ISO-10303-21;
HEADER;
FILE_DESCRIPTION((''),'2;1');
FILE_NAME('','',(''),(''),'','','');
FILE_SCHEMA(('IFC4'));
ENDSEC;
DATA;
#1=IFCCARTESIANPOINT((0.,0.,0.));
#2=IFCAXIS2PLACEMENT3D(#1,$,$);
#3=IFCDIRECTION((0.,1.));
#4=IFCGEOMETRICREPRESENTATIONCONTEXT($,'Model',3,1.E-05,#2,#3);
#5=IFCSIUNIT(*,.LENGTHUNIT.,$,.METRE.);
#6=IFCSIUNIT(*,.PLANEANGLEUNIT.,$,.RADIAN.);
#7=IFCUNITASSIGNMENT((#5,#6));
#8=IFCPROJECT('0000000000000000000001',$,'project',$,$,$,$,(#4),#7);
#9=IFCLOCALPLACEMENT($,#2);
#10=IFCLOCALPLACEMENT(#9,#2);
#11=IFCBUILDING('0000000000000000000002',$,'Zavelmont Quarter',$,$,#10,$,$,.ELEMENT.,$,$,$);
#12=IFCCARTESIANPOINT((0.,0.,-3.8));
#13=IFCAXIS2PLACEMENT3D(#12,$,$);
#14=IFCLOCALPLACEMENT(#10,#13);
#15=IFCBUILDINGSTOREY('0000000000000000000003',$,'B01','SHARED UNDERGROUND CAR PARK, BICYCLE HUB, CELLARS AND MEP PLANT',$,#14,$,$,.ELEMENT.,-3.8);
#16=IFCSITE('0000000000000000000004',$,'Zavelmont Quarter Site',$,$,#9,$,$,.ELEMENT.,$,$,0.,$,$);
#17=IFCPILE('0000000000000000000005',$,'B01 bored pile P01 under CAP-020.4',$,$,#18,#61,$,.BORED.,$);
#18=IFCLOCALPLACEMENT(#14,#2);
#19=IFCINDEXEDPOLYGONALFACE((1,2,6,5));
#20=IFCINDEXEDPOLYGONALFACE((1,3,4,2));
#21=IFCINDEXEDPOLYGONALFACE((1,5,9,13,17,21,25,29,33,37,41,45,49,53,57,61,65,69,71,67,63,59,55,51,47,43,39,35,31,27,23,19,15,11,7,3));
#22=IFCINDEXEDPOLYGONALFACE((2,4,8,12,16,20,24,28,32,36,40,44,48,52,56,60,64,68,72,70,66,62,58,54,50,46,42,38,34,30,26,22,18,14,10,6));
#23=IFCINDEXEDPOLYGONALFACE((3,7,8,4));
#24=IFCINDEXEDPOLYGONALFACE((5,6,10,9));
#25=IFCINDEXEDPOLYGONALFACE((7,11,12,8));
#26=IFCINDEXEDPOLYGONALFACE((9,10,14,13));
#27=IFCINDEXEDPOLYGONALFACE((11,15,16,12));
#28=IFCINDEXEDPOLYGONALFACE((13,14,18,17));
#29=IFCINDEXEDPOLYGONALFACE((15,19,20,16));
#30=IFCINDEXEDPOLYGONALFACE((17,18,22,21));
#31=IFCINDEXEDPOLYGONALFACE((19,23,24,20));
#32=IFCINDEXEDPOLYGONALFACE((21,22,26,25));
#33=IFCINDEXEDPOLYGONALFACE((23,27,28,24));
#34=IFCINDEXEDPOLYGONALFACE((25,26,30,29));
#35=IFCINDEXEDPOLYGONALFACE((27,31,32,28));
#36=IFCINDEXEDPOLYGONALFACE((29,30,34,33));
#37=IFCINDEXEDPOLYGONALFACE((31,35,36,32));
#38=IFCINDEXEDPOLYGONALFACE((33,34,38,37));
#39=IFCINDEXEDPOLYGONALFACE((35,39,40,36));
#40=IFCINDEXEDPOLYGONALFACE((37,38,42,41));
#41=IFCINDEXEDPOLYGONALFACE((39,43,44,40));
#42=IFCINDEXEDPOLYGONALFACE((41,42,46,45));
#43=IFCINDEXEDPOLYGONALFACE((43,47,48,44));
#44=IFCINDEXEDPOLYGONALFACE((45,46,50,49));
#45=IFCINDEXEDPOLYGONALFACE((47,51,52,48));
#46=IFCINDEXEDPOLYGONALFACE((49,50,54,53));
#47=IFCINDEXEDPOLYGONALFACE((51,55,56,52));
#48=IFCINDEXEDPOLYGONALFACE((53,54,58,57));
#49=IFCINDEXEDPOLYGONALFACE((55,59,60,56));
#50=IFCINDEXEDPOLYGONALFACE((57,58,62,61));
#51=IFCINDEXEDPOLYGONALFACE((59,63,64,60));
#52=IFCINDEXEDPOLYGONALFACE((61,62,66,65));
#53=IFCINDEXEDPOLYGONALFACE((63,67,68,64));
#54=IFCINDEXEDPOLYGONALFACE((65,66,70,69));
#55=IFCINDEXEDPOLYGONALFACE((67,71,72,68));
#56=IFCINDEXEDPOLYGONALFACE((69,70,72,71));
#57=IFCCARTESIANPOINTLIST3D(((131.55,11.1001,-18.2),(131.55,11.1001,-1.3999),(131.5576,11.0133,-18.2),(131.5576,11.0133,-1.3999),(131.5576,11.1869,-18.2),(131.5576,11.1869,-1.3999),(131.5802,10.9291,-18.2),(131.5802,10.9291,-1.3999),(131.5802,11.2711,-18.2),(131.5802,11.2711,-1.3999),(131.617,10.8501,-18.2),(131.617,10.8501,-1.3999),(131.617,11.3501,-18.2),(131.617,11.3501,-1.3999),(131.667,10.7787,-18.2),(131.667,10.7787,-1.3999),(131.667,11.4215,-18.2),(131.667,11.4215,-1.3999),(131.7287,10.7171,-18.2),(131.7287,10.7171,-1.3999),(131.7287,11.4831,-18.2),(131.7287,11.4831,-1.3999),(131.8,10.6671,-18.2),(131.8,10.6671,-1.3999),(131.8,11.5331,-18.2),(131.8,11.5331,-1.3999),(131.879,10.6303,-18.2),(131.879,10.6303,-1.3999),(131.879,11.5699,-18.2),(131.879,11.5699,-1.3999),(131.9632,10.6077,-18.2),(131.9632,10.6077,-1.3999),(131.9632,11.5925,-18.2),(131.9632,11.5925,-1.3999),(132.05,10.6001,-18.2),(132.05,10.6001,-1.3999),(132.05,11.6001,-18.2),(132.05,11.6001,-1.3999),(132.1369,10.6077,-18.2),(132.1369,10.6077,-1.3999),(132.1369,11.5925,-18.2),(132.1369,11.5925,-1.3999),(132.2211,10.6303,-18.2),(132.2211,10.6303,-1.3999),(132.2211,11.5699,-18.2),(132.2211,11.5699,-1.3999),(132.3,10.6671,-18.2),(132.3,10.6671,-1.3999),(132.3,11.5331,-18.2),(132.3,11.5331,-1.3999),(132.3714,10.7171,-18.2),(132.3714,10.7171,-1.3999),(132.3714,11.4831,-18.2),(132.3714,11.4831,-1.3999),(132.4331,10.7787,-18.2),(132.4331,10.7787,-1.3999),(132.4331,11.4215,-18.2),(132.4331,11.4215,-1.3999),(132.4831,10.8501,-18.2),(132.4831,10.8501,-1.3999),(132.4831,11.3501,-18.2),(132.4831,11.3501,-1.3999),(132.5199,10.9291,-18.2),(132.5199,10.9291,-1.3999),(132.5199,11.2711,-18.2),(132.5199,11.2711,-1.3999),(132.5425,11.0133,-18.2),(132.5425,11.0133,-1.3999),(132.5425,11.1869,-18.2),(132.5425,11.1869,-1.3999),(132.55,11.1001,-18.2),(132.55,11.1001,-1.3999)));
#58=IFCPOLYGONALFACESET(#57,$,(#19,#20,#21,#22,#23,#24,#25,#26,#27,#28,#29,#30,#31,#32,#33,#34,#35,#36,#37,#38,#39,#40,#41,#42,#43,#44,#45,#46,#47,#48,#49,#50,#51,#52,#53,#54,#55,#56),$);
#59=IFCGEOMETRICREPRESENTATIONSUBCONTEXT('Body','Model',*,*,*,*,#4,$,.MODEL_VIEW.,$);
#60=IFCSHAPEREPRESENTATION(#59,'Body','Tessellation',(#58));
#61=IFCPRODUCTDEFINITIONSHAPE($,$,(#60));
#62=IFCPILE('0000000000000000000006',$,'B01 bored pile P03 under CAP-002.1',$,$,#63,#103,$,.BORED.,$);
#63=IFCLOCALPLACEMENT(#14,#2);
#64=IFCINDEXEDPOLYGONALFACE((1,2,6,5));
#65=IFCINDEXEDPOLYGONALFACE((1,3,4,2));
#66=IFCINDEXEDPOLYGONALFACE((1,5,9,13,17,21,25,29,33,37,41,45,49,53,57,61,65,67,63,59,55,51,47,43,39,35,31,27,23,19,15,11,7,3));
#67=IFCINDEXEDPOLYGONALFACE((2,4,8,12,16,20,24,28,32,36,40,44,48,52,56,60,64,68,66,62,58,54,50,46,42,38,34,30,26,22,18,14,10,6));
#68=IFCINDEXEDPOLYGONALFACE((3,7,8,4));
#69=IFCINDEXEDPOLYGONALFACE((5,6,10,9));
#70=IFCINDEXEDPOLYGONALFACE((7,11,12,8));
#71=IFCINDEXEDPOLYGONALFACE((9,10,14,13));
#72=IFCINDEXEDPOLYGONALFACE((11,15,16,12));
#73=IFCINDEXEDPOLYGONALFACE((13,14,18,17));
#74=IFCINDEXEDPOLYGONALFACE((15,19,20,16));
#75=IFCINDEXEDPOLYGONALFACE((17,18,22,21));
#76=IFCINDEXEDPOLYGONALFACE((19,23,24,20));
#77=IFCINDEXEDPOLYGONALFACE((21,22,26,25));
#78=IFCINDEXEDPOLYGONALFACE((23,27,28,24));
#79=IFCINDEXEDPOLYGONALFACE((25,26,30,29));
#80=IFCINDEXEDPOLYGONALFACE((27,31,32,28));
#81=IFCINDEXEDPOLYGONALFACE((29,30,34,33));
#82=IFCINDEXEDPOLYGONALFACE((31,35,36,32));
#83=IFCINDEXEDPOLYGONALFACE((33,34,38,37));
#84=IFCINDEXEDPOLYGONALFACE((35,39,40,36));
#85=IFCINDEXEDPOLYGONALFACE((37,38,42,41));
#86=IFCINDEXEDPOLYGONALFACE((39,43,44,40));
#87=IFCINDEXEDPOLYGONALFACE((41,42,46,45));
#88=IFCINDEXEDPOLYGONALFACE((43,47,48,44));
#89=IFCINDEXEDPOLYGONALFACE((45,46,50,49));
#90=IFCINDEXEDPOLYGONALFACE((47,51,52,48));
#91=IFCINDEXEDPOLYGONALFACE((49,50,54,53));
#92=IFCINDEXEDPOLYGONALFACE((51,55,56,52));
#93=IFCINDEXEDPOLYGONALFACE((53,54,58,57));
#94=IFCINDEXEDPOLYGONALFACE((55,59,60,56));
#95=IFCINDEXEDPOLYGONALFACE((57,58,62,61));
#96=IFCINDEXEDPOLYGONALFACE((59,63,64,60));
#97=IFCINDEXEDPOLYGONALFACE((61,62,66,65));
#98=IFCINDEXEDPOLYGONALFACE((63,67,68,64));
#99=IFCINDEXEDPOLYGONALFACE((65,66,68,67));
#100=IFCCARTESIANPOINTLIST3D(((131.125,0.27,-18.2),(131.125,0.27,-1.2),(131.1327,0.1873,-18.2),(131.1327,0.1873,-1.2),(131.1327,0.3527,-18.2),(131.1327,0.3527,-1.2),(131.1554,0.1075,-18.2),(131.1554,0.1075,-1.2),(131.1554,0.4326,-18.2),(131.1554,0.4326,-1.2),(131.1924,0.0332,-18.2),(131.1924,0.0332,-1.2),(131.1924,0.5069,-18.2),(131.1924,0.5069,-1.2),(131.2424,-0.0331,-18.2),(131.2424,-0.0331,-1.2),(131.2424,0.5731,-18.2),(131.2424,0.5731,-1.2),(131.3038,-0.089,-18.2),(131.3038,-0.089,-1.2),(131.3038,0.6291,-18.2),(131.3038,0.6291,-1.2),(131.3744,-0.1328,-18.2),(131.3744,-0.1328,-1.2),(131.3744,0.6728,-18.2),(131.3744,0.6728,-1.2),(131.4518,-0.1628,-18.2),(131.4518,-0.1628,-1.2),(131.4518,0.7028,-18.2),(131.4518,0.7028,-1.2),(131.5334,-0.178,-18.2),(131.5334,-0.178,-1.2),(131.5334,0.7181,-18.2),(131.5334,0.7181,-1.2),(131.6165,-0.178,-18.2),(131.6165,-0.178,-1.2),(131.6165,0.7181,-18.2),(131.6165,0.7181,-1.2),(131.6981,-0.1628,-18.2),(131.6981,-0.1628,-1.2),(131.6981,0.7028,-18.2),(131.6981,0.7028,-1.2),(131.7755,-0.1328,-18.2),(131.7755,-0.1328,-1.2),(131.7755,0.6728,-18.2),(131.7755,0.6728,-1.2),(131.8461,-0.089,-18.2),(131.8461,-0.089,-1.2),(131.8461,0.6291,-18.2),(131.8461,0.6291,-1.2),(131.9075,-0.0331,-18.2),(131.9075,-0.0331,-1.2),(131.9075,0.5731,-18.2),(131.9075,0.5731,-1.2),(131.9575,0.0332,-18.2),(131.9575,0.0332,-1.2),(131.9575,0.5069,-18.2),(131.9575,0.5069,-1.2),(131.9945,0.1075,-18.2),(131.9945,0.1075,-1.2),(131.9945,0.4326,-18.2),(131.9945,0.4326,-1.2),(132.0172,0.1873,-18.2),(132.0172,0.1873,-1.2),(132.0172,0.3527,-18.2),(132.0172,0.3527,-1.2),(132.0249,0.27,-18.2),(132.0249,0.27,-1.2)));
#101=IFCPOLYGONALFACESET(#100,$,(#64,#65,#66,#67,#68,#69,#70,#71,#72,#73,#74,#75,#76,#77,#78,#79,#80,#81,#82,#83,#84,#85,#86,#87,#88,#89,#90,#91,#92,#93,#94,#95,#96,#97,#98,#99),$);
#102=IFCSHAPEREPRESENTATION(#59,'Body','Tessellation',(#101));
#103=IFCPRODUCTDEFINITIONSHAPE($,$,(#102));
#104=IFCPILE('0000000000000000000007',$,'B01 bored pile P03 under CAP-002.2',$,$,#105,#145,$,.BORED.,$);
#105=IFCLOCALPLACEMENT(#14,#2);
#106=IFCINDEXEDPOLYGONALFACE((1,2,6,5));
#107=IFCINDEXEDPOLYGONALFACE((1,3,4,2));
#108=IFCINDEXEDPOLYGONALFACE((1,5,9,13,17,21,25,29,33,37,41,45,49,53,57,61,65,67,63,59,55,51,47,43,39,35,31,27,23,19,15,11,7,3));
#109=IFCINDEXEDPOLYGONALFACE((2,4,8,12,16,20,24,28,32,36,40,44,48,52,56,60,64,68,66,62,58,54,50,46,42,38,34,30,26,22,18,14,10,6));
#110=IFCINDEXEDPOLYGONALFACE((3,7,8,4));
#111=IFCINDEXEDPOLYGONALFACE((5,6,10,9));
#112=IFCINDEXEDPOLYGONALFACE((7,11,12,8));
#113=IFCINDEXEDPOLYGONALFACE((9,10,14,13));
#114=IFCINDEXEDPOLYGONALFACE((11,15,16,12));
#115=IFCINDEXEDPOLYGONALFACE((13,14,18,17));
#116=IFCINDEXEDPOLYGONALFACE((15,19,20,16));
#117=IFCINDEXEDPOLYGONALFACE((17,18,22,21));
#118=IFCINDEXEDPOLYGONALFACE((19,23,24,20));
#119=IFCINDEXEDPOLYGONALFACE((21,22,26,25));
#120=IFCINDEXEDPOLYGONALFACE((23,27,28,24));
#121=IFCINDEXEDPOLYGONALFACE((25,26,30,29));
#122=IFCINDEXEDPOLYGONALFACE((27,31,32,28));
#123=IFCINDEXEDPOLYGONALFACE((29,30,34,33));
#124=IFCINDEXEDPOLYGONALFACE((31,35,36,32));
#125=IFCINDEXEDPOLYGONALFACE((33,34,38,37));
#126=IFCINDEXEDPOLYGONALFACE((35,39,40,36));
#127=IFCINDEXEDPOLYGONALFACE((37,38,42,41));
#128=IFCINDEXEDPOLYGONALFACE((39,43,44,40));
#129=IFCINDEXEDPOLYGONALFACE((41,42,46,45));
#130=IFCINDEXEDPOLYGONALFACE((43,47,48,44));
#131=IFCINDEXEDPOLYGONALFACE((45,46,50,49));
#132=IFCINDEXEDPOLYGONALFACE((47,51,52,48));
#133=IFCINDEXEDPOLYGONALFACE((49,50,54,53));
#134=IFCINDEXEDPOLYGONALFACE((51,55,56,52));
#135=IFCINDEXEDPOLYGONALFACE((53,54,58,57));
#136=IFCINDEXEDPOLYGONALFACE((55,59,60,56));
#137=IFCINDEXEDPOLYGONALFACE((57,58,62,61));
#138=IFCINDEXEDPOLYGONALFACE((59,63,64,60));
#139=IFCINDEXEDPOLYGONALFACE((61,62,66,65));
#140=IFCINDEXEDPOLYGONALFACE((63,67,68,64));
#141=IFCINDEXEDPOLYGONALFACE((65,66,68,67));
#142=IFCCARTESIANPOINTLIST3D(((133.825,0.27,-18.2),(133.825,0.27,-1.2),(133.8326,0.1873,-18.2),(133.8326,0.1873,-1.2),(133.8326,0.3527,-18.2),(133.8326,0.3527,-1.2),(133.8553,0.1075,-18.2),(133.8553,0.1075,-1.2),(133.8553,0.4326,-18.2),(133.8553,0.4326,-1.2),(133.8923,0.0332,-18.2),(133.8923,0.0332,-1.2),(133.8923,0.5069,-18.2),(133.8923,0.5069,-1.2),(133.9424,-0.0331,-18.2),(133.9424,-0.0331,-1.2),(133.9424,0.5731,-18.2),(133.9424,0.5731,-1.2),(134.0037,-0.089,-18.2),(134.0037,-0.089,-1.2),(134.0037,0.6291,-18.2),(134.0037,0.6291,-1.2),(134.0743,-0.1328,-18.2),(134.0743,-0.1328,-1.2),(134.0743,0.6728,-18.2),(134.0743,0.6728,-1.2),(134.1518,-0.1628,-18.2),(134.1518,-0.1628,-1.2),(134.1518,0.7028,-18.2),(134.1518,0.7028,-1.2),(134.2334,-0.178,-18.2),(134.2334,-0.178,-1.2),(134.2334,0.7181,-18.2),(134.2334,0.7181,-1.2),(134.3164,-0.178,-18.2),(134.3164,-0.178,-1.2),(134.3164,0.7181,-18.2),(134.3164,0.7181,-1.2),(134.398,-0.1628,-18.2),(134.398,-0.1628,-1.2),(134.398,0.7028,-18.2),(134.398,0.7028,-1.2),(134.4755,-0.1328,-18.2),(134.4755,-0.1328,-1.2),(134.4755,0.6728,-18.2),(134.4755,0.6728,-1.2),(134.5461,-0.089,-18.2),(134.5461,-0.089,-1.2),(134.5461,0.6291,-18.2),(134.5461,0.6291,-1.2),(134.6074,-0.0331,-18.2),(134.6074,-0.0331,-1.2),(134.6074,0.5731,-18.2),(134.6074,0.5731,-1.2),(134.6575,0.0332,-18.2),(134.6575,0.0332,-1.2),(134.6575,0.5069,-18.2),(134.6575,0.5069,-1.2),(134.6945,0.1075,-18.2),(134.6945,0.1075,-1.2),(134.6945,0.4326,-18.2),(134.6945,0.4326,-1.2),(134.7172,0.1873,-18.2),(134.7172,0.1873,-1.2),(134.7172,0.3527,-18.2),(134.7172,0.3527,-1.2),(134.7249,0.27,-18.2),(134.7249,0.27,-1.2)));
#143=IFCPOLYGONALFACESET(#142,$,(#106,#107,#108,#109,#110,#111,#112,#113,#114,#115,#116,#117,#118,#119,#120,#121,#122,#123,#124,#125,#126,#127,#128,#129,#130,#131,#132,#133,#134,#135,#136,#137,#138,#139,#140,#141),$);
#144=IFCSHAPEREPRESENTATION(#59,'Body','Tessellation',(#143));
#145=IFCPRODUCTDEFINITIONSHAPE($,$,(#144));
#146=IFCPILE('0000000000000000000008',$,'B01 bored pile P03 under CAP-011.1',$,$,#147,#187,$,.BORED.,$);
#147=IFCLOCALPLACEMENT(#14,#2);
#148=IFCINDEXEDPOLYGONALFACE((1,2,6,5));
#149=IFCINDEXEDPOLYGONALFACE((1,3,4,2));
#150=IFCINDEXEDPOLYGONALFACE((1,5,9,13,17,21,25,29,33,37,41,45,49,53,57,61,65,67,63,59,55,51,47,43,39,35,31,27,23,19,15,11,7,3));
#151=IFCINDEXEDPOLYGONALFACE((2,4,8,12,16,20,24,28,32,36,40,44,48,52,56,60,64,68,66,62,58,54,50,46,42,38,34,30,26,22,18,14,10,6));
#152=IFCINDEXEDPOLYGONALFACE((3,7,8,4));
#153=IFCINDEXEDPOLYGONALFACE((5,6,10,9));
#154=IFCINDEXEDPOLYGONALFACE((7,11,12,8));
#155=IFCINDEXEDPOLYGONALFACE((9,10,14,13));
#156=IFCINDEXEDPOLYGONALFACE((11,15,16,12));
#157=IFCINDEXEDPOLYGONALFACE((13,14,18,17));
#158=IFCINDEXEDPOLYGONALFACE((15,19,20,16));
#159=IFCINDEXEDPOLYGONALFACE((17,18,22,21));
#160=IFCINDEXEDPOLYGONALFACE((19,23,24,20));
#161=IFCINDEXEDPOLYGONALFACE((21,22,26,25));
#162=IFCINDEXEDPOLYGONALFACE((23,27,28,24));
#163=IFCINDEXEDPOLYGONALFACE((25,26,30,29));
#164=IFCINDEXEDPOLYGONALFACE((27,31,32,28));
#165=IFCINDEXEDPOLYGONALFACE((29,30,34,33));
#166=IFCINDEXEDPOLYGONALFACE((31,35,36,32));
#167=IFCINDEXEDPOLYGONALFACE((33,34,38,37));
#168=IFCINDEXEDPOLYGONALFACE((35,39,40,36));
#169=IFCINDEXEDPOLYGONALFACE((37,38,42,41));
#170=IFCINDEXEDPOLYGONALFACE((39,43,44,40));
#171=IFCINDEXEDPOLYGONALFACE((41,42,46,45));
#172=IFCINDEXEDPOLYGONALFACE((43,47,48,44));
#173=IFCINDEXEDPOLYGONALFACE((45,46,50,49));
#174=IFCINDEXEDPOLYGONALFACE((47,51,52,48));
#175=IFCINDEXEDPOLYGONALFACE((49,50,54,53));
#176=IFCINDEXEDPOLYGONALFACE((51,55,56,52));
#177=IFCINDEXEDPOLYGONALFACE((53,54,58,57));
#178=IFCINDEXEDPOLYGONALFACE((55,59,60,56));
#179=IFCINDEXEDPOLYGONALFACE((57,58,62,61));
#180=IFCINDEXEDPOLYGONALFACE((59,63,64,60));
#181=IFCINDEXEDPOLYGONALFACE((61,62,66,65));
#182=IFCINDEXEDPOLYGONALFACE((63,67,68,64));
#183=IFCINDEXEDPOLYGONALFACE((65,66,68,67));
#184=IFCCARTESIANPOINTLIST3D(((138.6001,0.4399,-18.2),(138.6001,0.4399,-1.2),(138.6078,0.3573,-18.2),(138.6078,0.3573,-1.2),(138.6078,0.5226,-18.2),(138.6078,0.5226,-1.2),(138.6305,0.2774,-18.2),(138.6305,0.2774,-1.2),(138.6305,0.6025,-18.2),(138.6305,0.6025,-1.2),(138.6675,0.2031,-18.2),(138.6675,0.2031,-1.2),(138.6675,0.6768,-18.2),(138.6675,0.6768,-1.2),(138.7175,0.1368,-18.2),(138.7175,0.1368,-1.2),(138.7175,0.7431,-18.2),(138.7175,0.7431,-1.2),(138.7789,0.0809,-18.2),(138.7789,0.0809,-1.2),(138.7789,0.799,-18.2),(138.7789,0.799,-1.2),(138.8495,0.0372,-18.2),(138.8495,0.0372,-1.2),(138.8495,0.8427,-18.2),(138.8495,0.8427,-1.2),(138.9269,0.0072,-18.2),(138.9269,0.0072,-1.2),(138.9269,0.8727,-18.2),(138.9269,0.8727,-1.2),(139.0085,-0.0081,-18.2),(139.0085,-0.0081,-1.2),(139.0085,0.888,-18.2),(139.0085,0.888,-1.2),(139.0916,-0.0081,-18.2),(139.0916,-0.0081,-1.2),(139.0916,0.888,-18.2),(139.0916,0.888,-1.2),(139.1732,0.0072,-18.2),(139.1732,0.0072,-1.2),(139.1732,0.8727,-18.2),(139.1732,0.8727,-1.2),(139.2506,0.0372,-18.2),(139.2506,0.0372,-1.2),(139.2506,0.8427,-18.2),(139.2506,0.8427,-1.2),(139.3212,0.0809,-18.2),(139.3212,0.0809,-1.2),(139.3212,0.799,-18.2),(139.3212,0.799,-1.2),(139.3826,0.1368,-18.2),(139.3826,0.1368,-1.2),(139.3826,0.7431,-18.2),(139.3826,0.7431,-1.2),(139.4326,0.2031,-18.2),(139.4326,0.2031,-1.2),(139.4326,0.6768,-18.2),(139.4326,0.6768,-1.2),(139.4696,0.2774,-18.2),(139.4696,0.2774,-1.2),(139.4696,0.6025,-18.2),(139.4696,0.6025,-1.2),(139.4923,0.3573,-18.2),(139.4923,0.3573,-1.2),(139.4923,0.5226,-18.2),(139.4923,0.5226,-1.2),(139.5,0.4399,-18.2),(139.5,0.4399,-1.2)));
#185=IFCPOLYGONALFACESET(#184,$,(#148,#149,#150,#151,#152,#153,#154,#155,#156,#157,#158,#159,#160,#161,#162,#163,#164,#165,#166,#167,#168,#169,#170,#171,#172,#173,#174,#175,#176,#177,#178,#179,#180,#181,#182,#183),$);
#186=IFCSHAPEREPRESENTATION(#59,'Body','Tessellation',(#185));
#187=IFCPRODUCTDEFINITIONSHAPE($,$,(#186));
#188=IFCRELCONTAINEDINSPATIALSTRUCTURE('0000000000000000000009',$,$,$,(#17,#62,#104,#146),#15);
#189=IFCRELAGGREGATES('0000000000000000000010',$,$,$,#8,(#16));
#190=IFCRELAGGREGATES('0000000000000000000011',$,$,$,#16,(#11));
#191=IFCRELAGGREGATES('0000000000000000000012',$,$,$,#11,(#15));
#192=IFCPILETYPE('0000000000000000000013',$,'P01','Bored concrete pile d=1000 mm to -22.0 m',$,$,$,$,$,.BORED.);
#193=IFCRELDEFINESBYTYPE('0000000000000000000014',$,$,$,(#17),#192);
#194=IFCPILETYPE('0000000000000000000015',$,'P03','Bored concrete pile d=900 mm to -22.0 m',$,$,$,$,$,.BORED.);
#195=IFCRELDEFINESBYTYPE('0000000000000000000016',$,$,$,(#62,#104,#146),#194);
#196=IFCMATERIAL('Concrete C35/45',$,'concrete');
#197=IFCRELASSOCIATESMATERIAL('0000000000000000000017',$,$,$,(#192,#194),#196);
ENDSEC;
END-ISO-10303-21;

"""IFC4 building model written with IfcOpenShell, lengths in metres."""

from ifc_helpers import new_model, si_unit, direction, frame, origin, origin_2d, place, context, subcontext, project, spatial, circle, extrude, material, material_profile, profile_set, type_object, element, save


model = new_model("IFC4")

# Units and contexts
model_context = context("Model", 3, precision=1e-05, world=origin(), true_north=direction((0.0, 1.0)))
body_context = subcontext(model_context, "Body", "Model", "MODEL_VIEW")
ifc_project = project(units=[si_unit("LENGTHUNIT", "METRE"), si_unit("PLANEANGLEUNIT", "RADIAN")], contexts=[model_context])

# Site, building, storey
site_placement = place(None, origin())
site = spatial("IfcSite", under=ifc_project, at=site_placement, Name="Zavelmont Quarter Site", CompositionType="ELEMENT", RefElevation=0.0)
building_placement = place(site_placement, origin())
building = spatial("IfcBuilding", under=site, at=building_placement, Name="Zavelmont Quarter", CompositionType="ELEMENT")
storey_placement = place(building_placement, frame((0.0, 0.0, -3.8)))
storey = spatial("IfcBuildingStorey", under=building, at=storey_placement, Name="B01", Description="SHARED UNDERGROUND CAR PARK, BICYCLE HUB, CELLARS AND MEP PLANT", CompositionType="ELEMENT", Elevation=-3.8)

# Shared definitions
ifc_material_1 = material(Name="Concrete C35/45", Category="concrete")

# Piles
ifc_material_profile_1 = material_profile(ifc_material_1, circle(Radius=0.5, at=origin_2d()), Name="BP1000")
ifc_profile_set_1 = profile_set([ifc_material_profile_1], Name="Concrete C35/45")
pile_type_1 = type_object("IfcPileType", Name="P01", Description="Bored concrete pile d=1000 mm to -22.0 m", PredefinedType="BORED", material=ifc_profile_set_1)
for number, where, z_axis, x_axis, name in (
    (1, (132.05, 11.1001, -1.3999), (0.0, 0.0, -1.0), (1.0, 0.0, 0.0), "B01 bored pile P01 under CAP-020.4"),
):
    element("IfcPile", number, at=place(storey_placement, frame(where, z_axis=z_axis, x_axis=x_axis)), inside=storey, type_object=pile_type_1, Name=name, PredefinedType="BORED", context=body_context, shape_type="SweptSolid", body=[
        extrude(circle(Radius=0.5, at=origin_2d()), origin(), (0.0, 0.0, 1.0), 16.8),
    ])
ifc_material_profile_2 = material_profile(ifc_material_1, circle(Radius=0.45, at=origin_2d()), Name="BP900")
ifc_profile_set_2 = profile_set([ifc_material_profile_2], Name="Concrete C35/45")
pile_type_2 = type_object("IfcPileType", Name="P03", Description="Bored concrete pile d=900 mm to -22.0 m", PredefinedType="BORED", material=ifc_profile_set_2)
for number, where, z_axis, x_axis, name in (
    (2, (131.575, 0.27, -1.2), (0.0, 0.0, -1.0), (1.0, 0.0, 0.0), "B01 bored pile P03 under CAP-002.1"),
    (3, (134.2749, 0.27, -1.2), (0.0, 0.0, -1.0), (1.0, 0.0, 0.0), "B01 bored pile P03 under CAP-002.2"),
    (4, (139.05, 0.4399, -1.2), (0.0, 0.0, -1.0), (1.0, 0.0, 0.0), "B01 bored pile P03 under CAP-011.1"),
):
    element("IfcPile", number, at=place(storey_placement, frame(where, z_axis=z_axis, x_axis=x_axis)), inside=storey, type_object=pile_type_2, Name=name, PredefinedType="BORED", context=body_context, shape_type="SweptSolid", body=[
        extrude(circle(Radius=0.45, at=origin_2d()), origin(), (0.0, 0.0, 1.0), 17.0),
    ])

save(model, "model.ifc")
